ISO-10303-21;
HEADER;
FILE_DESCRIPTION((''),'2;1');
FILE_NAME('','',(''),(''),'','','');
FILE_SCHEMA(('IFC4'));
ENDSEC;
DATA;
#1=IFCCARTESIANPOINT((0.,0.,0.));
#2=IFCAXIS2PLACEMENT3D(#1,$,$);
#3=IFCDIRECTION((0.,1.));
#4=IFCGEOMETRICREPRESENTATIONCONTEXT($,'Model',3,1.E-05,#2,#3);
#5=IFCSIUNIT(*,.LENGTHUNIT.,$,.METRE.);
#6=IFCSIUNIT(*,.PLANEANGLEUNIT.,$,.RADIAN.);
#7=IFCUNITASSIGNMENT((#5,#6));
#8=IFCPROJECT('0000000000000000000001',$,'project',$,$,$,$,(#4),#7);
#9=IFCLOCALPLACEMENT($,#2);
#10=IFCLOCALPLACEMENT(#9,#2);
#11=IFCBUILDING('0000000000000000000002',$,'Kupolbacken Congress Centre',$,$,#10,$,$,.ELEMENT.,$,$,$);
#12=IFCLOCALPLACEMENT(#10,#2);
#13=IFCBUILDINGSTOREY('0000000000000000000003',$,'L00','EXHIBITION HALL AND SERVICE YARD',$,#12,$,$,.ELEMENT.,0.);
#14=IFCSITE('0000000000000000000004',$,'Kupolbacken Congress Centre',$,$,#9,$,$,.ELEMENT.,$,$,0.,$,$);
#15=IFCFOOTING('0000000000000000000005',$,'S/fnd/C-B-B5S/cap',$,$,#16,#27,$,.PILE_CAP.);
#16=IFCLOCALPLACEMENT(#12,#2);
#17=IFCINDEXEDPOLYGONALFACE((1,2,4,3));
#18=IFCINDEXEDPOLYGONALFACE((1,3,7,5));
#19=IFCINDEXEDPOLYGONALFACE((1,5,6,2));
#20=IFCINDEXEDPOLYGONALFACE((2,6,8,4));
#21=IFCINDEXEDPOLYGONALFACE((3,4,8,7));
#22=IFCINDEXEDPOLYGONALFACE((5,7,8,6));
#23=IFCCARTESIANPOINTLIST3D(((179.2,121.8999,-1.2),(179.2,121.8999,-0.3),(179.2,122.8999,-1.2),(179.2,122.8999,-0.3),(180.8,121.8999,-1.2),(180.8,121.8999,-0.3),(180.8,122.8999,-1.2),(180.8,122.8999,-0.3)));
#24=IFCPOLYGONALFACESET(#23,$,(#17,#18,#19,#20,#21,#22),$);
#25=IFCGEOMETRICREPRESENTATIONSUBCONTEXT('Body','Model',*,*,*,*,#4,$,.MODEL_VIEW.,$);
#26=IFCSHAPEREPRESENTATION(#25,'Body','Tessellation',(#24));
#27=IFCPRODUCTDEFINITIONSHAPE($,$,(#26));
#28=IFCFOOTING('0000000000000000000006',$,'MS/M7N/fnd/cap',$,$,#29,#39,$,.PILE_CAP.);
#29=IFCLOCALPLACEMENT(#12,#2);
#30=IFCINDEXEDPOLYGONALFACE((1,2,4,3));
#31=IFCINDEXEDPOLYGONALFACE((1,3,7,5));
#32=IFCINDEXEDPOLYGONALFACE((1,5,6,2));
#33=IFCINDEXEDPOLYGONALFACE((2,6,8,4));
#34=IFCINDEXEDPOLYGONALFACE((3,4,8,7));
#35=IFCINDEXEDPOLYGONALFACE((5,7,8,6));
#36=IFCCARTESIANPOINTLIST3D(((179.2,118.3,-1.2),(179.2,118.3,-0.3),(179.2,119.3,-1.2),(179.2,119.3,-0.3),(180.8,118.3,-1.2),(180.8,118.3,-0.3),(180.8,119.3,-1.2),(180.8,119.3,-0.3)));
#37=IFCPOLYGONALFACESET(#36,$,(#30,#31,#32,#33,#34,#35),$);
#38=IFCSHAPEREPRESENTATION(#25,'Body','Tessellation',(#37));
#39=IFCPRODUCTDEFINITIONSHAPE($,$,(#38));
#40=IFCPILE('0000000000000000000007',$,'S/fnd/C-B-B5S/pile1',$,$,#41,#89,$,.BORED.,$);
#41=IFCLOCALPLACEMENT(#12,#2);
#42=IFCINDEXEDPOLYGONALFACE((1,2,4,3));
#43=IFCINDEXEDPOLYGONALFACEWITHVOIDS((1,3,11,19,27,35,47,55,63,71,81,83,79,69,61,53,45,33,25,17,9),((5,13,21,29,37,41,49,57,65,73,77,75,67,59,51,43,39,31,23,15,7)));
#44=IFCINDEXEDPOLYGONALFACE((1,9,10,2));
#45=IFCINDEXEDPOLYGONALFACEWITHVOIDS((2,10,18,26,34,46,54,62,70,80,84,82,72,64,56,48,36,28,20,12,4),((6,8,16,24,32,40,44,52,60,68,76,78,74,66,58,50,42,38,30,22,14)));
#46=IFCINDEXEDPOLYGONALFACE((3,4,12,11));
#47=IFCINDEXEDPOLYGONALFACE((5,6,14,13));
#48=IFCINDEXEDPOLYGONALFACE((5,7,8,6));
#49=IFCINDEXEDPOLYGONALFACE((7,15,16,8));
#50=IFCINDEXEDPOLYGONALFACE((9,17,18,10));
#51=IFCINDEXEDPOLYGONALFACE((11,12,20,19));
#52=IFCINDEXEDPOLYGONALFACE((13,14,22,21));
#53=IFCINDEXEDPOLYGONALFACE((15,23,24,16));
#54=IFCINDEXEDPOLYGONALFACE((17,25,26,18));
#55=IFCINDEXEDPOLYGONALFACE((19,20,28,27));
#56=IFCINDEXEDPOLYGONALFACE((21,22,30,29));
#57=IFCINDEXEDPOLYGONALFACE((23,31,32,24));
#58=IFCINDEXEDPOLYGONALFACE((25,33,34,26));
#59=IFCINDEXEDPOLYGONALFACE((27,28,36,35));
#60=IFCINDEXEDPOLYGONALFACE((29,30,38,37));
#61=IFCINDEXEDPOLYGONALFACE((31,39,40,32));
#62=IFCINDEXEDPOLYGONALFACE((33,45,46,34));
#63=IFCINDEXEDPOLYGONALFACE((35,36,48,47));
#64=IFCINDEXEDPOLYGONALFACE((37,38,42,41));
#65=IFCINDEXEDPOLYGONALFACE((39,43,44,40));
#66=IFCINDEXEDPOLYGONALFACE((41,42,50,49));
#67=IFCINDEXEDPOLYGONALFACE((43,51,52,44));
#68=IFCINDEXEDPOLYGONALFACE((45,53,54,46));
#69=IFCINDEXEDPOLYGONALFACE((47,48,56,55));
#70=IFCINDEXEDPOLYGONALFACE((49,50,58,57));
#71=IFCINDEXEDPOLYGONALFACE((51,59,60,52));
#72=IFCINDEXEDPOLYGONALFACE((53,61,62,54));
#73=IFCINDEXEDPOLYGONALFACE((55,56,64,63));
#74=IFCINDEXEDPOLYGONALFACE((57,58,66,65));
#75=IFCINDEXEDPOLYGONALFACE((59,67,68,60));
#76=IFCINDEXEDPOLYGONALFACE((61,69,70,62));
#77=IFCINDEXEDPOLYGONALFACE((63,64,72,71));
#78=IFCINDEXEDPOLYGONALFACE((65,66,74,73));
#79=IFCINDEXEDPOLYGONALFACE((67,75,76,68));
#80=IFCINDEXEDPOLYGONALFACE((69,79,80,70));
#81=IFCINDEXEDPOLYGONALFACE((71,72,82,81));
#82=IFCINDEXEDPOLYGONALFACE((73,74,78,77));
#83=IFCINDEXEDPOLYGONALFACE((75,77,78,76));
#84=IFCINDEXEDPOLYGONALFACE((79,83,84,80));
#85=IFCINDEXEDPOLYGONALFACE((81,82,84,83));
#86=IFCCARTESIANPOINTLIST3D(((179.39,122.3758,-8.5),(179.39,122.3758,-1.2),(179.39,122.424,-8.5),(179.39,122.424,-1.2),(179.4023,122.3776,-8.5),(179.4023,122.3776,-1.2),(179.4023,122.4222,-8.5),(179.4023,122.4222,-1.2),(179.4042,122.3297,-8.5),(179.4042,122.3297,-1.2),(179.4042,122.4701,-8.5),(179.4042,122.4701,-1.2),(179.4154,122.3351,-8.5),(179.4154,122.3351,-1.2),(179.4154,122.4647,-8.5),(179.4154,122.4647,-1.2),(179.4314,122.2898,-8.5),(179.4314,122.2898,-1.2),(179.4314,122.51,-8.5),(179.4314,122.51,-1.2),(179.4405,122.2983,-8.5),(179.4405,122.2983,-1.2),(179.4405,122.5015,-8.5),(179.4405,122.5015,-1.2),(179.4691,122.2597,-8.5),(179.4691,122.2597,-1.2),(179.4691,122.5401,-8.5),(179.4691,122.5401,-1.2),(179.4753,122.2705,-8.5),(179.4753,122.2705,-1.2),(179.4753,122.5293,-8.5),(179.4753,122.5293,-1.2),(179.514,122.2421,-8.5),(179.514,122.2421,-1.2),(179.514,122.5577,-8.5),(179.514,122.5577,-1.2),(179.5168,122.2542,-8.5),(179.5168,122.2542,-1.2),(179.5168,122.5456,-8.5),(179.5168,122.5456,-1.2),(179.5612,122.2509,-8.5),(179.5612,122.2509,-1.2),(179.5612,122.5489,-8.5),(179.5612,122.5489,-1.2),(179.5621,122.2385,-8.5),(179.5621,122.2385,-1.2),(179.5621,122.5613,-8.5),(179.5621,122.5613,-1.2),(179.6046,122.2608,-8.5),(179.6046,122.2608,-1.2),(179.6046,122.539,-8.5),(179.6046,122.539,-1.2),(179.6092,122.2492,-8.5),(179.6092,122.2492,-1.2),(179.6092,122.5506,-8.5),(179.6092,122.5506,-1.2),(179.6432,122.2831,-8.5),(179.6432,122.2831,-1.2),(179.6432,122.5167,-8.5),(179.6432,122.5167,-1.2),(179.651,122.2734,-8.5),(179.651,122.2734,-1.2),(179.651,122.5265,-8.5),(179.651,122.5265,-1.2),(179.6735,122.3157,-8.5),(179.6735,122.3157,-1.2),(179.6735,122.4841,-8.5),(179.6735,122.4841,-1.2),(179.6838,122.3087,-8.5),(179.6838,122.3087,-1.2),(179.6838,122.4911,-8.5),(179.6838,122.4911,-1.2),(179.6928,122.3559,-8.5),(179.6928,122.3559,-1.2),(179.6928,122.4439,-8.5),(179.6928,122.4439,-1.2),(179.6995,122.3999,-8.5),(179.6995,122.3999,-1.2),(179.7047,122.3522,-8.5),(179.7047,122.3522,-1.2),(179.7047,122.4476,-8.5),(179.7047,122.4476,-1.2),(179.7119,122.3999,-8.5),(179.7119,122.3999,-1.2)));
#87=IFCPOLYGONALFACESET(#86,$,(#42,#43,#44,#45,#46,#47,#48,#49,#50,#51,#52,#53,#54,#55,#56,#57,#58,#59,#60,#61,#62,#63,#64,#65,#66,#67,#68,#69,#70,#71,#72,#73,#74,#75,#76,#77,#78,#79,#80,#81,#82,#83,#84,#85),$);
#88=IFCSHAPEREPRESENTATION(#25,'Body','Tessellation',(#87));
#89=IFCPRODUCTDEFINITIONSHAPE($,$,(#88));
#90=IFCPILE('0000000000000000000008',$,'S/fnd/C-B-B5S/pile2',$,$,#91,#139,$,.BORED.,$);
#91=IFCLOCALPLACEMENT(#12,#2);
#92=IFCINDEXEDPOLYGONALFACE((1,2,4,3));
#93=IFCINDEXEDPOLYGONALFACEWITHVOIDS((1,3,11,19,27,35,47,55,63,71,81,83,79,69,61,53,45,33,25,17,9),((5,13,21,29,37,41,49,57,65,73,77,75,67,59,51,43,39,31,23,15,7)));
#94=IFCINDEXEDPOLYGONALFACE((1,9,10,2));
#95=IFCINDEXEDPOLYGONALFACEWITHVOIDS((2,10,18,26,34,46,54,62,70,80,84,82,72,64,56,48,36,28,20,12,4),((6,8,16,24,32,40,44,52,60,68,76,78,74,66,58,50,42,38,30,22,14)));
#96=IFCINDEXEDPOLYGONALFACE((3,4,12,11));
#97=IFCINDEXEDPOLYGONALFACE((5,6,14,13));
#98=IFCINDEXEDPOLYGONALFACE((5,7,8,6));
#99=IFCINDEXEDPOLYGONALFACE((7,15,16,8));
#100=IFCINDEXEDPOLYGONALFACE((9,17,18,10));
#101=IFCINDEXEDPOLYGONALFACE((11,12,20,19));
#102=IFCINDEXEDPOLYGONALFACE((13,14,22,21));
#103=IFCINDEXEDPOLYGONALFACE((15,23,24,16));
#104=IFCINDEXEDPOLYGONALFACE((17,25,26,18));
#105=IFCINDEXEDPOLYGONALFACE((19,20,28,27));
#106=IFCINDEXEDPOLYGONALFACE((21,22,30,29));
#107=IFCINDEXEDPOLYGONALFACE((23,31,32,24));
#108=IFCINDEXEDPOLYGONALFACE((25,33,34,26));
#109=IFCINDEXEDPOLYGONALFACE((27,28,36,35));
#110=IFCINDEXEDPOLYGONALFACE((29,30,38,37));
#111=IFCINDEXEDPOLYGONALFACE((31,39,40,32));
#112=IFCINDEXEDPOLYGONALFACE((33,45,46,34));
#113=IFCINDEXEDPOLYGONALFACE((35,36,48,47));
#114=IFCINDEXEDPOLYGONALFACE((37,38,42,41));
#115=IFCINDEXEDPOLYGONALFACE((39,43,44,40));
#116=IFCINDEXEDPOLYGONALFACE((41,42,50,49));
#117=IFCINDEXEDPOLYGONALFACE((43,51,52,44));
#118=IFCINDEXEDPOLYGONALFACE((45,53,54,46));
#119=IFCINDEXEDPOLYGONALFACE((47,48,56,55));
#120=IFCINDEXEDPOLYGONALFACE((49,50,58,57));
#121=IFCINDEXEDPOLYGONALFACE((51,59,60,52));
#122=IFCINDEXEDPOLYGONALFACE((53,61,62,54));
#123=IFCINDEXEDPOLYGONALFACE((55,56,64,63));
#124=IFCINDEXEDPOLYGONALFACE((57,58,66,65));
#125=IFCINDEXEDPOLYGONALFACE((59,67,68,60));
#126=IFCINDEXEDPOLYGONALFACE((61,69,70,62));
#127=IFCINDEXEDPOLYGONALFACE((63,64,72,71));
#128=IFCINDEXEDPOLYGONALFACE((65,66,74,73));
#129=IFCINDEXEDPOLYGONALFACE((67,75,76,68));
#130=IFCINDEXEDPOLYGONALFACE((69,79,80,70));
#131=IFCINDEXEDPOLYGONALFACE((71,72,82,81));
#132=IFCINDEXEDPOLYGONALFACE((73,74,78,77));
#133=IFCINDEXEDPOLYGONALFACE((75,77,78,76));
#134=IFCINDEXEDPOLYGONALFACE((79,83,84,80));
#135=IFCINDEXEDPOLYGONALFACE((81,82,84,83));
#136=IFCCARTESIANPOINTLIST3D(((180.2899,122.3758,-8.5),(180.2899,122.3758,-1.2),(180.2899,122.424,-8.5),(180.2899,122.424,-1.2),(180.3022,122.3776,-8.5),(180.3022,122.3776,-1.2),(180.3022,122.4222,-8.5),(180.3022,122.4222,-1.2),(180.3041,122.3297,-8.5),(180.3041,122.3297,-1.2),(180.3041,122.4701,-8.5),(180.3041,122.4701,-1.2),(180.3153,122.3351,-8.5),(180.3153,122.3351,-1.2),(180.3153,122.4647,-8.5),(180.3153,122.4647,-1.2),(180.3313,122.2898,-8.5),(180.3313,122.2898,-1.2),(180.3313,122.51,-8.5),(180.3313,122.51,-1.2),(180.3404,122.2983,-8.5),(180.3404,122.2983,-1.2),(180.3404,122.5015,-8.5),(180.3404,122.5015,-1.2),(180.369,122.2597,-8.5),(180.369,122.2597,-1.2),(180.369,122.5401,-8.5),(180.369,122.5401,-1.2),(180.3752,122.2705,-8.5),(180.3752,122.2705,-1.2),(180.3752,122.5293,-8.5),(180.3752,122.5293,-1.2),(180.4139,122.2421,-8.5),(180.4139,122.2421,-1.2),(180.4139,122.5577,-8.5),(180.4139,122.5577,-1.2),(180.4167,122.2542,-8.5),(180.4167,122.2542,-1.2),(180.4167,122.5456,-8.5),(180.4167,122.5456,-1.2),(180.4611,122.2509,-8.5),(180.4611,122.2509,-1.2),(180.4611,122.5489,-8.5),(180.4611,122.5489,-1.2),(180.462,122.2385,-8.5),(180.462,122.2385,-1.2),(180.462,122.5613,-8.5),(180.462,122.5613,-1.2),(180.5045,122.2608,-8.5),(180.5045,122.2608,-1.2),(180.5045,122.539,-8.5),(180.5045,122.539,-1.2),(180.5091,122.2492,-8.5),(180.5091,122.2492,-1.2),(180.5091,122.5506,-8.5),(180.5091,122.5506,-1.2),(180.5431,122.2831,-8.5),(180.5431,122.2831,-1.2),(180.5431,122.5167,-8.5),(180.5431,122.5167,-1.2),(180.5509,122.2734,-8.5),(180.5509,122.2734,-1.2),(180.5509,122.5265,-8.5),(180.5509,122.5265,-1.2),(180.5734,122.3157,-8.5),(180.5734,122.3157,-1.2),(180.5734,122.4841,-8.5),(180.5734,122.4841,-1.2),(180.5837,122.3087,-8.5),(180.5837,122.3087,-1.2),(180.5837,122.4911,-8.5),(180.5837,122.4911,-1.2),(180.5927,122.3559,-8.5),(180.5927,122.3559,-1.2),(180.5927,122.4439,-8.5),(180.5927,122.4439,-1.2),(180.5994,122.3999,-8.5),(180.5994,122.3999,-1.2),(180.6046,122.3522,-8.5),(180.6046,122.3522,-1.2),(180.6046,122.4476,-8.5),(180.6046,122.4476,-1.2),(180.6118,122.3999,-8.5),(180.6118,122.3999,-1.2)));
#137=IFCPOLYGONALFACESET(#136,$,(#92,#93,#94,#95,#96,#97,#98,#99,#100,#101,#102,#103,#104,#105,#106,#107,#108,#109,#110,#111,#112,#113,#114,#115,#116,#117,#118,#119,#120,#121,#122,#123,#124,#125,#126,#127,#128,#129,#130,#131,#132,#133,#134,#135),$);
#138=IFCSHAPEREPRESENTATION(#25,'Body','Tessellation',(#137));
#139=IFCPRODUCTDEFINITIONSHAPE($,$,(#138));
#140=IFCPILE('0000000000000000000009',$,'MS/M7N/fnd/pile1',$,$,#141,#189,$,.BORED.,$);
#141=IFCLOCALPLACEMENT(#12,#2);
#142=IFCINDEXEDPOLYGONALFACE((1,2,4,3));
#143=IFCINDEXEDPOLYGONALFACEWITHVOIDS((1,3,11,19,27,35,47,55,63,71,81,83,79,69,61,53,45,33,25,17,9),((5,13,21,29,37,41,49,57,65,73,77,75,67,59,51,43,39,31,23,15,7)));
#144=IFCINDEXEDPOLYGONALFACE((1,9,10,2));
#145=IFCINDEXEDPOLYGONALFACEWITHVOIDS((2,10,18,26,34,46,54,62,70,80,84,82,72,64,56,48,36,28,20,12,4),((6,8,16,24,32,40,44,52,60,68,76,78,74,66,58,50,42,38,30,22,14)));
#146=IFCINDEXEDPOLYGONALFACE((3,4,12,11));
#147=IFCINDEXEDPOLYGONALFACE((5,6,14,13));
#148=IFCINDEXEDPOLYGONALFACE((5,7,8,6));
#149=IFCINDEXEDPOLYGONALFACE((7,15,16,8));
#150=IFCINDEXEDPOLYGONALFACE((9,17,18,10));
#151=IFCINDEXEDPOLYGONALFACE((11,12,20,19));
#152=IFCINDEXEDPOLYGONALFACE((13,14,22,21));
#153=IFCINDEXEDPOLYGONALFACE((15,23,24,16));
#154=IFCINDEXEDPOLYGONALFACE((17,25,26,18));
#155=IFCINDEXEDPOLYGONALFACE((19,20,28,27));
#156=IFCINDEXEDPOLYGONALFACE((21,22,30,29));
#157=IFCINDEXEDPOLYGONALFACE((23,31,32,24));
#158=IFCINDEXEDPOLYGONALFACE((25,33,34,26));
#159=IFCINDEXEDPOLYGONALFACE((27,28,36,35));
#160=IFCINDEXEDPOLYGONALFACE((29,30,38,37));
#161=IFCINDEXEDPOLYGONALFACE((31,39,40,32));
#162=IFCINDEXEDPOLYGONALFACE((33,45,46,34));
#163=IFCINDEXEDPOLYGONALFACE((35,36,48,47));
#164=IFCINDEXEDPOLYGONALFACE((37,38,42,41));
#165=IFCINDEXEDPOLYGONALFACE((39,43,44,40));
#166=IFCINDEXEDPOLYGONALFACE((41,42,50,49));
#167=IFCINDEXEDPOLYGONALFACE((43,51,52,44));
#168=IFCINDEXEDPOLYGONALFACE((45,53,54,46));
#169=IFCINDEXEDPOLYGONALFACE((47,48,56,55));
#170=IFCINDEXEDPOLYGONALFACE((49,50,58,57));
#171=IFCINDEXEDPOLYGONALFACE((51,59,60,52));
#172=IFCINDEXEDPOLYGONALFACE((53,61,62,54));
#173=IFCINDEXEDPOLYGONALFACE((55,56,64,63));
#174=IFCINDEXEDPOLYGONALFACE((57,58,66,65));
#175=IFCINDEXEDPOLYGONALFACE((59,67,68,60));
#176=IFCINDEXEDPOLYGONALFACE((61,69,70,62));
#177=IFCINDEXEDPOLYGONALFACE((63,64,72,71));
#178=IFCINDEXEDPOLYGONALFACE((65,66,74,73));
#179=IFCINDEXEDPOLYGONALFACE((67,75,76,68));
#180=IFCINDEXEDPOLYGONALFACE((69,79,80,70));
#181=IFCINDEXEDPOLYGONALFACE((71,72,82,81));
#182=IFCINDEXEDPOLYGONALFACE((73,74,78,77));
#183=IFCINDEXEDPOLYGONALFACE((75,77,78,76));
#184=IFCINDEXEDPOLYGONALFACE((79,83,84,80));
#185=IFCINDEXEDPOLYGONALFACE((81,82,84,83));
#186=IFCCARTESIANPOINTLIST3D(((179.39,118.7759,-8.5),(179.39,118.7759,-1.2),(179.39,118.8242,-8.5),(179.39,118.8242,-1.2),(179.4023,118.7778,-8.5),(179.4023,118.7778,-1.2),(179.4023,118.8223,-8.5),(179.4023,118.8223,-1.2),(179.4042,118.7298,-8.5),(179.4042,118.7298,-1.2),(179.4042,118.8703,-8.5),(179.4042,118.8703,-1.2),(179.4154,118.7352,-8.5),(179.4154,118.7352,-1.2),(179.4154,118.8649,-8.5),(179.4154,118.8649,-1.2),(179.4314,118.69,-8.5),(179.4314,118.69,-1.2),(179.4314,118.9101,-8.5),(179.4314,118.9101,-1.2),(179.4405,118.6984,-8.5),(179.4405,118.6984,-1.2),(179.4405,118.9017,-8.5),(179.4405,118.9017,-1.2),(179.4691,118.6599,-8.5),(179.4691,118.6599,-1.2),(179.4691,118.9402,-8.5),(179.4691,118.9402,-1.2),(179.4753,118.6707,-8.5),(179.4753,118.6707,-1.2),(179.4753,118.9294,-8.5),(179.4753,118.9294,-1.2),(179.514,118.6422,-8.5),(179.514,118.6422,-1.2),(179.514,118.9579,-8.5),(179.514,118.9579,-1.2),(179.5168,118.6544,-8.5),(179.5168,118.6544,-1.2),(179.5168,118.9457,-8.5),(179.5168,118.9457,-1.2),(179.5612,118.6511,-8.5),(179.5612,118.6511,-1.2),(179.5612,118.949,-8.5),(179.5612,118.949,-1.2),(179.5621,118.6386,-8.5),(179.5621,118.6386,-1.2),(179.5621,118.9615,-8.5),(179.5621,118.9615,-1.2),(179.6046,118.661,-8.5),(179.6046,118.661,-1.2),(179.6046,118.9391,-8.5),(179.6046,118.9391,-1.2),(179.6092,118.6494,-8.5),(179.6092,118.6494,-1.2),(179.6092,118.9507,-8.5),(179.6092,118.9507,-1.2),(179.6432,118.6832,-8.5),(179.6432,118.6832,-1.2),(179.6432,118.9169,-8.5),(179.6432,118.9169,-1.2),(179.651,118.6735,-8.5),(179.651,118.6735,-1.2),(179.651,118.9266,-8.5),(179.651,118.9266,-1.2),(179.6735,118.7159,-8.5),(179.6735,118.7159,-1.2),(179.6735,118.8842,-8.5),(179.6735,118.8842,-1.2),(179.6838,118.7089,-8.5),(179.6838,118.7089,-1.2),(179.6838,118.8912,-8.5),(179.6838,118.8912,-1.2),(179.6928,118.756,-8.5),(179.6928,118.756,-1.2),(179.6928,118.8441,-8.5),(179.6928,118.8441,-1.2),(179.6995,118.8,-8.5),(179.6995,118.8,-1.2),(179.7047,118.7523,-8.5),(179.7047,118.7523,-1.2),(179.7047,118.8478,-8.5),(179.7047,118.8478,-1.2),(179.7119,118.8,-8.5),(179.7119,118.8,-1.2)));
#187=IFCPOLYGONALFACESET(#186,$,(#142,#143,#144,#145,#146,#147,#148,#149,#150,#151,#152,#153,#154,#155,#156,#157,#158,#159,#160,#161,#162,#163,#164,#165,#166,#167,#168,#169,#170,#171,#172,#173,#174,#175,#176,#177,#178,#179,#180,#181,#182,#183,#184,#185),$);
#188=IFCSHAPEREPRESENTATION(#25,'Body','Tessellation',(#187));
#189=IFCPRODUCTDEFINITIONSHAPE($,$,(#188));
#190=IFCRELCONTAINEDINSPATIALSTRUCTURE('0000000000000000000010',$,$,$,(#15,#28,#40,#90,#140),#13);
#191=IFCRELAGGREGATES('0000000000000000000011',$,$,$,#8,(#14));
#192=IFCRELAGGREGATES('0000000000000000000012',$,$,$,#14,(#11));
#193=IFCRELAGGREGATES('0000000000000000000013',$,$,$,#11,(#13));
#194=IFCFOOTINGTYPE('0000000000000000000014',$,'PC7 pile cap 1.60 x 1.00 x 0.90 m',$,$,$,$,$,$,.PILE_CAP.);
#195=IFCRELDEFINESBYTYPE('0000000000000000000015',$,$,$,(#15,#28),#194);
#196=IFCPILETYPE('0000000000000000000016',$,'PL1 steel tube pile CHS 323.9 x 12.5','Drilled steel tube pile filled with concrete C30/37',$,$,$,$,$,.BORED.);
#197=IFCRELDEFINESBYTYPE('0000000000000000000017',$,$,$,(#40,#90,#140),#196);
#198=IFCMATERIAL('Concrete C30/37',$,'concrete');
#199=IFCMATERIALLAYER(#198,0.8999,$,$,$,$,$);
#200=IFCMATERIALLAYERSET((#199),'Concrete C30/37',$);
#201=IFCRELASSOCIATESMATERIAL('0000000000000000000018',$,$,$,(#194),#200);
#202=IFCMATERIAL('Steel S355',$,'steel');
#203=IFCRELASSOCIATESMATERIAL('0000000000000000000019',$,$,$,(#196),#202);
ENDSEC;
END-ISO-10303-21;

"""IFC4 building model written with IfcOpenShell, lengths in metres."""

from ifc_helpers import new_model, si_unit, direction, frame, origin, origin_2d, place, context, subcontext, project, spatial, rectangle, hollow_circle, extrude, material, layer, layer_set, material_profile, profile_set, type_object, element, save


model = new_model("IFC4")

# Units and contexts
model_context = context("Model", 3, precision=1e-05, world=origin(), true_north=direction((0.0, 1.0)))
body_context = subcontext(model_context, "Body", "Model", "MODEL_VIEW")
ifc_project = project(units=[si_unit("LENGTHUNIT", "METRE"), si_unit("PLANEANGLEUNIT", "RADIAN")], contexts=[model_context])

# Site, building, storey
site_placement = place(None, origin())
site = spatial("IfcSite", under=ifc_project, at=site_placement, Name="Kupolbacken Congress Centre", CompositionType="ELEMENT", RefElevation=0.0)
building_placement = place(site_placement, origin())
building = spatial("IfcBuilding", under=site, at=building_placement, Name="Kupolbacken Congress Centre", CompositionType="ELEMENT")
storey_placement = place(building_placement, origin())
storey = spatial("IfcBuildingStorey", under=building, at=storey_placement, Name="L00", Description="EXHIBITION HALL AND SERVICE YARD", CompositionType="ELEMENT", Elevation=0.0)

# Footings
ifc_material_1 = material(Name="Concrete C30/37", Category="concrete")
ifc_layer_1 = layer(ifc_material_1, 0.8999)
ifc_layer_set_1 = layer_set([ifc_layer_1], Name="Concrete C30/37")
footing_type_1 = type_object("IfcFootingType", Name="PC7 pile cap 1.60 x 1.00 x 0.90 m", PredefinedType="PILE_CAP", material=ifc_layer_set_1)
for number, where, z_axis, x_axis, name in (
    (1, (180.0, 122.3999, -1.2), (0.0, 0.0, 1.0), (1.0, 0.0, 0.0), "S/fnd/C-B-B5S/cap"),
    (2, (180.0, 118.8, -1.2), (0.0, 0.0, 1.0), (1.0, 0.0, 0.0), "MS/M7N/fnd/cap"),
):
    element("IfcFooting", number, at=place(storey_placement, frame(where, z_axis=z_axis, x_axis=x_axis)), inside=storey, type_object=footing_type_1, Name=name, PredefinedType="PILE_CAP", context=body_context, shape_type="SweptSolid", body=[
        extrude(rectangle(XDim=1.6001, YDim=1.0, at=origin_2d()), origin(), (0.0, 0.0, 1.0), 0.8999),
    ])

# Piles
ifc_material_2 = material(Name="Steel S355", Category="steel")
ifc_material_profile_1 = material_profile(ifc_material_2, hollow_circle(Radius=0.1619, WallThickness=0.0125, at=origin_2d()), Name="CHS 323.9 x 12.5")
ifc_profile_set_1 = profile_set([ifc_material_profile_1], Name="Steel S355")
pile_type = type_object("IfcPileType", Name="PL1 steel tube pile CHS 323.9 x 12.5", Description="Drilled steel tube pile filled with concrete C30/37", PredefinedType="BORED", material=ifc_profile_set_1)
for number, where, z_axis, x_axis, name in (
    (3, (179.55, 122.3999, -1.2), (0.0, 0.0, -1.0), (1.0, 0.0, 0.0), "S/fnd/C-B-B5S/pile1"),
    (4, (180.45, 122.3999, -1.2), (0.0, 0.0, -1.0), (1.0, 0.0, 0.0), "S/fnd/C-B-B5S/pile2"),
    (5, (179.55, 118.8, -1.2), (0.0, 0.0, -1.0), (1.0, 0.0, 0.0), "MS/M7N/fnd/pile1"),
):
    element("IfcPile", number, at=place(storey_placement, frame(where, z_axis=z_axis, x_axis=x_axis)), inside=storey, type_object=pile_type, Name=name, PredefinedType="BORED", context=body_context, shape_type="SweptSolid", body=[
        extrude(hollow_circle(Radius=0.1619, WallThickness=0.0125, at=origin_2d()), origin(), (0.0, 0.0, 1.0), 7.3),
    ])

save(model, "model.ifc")
